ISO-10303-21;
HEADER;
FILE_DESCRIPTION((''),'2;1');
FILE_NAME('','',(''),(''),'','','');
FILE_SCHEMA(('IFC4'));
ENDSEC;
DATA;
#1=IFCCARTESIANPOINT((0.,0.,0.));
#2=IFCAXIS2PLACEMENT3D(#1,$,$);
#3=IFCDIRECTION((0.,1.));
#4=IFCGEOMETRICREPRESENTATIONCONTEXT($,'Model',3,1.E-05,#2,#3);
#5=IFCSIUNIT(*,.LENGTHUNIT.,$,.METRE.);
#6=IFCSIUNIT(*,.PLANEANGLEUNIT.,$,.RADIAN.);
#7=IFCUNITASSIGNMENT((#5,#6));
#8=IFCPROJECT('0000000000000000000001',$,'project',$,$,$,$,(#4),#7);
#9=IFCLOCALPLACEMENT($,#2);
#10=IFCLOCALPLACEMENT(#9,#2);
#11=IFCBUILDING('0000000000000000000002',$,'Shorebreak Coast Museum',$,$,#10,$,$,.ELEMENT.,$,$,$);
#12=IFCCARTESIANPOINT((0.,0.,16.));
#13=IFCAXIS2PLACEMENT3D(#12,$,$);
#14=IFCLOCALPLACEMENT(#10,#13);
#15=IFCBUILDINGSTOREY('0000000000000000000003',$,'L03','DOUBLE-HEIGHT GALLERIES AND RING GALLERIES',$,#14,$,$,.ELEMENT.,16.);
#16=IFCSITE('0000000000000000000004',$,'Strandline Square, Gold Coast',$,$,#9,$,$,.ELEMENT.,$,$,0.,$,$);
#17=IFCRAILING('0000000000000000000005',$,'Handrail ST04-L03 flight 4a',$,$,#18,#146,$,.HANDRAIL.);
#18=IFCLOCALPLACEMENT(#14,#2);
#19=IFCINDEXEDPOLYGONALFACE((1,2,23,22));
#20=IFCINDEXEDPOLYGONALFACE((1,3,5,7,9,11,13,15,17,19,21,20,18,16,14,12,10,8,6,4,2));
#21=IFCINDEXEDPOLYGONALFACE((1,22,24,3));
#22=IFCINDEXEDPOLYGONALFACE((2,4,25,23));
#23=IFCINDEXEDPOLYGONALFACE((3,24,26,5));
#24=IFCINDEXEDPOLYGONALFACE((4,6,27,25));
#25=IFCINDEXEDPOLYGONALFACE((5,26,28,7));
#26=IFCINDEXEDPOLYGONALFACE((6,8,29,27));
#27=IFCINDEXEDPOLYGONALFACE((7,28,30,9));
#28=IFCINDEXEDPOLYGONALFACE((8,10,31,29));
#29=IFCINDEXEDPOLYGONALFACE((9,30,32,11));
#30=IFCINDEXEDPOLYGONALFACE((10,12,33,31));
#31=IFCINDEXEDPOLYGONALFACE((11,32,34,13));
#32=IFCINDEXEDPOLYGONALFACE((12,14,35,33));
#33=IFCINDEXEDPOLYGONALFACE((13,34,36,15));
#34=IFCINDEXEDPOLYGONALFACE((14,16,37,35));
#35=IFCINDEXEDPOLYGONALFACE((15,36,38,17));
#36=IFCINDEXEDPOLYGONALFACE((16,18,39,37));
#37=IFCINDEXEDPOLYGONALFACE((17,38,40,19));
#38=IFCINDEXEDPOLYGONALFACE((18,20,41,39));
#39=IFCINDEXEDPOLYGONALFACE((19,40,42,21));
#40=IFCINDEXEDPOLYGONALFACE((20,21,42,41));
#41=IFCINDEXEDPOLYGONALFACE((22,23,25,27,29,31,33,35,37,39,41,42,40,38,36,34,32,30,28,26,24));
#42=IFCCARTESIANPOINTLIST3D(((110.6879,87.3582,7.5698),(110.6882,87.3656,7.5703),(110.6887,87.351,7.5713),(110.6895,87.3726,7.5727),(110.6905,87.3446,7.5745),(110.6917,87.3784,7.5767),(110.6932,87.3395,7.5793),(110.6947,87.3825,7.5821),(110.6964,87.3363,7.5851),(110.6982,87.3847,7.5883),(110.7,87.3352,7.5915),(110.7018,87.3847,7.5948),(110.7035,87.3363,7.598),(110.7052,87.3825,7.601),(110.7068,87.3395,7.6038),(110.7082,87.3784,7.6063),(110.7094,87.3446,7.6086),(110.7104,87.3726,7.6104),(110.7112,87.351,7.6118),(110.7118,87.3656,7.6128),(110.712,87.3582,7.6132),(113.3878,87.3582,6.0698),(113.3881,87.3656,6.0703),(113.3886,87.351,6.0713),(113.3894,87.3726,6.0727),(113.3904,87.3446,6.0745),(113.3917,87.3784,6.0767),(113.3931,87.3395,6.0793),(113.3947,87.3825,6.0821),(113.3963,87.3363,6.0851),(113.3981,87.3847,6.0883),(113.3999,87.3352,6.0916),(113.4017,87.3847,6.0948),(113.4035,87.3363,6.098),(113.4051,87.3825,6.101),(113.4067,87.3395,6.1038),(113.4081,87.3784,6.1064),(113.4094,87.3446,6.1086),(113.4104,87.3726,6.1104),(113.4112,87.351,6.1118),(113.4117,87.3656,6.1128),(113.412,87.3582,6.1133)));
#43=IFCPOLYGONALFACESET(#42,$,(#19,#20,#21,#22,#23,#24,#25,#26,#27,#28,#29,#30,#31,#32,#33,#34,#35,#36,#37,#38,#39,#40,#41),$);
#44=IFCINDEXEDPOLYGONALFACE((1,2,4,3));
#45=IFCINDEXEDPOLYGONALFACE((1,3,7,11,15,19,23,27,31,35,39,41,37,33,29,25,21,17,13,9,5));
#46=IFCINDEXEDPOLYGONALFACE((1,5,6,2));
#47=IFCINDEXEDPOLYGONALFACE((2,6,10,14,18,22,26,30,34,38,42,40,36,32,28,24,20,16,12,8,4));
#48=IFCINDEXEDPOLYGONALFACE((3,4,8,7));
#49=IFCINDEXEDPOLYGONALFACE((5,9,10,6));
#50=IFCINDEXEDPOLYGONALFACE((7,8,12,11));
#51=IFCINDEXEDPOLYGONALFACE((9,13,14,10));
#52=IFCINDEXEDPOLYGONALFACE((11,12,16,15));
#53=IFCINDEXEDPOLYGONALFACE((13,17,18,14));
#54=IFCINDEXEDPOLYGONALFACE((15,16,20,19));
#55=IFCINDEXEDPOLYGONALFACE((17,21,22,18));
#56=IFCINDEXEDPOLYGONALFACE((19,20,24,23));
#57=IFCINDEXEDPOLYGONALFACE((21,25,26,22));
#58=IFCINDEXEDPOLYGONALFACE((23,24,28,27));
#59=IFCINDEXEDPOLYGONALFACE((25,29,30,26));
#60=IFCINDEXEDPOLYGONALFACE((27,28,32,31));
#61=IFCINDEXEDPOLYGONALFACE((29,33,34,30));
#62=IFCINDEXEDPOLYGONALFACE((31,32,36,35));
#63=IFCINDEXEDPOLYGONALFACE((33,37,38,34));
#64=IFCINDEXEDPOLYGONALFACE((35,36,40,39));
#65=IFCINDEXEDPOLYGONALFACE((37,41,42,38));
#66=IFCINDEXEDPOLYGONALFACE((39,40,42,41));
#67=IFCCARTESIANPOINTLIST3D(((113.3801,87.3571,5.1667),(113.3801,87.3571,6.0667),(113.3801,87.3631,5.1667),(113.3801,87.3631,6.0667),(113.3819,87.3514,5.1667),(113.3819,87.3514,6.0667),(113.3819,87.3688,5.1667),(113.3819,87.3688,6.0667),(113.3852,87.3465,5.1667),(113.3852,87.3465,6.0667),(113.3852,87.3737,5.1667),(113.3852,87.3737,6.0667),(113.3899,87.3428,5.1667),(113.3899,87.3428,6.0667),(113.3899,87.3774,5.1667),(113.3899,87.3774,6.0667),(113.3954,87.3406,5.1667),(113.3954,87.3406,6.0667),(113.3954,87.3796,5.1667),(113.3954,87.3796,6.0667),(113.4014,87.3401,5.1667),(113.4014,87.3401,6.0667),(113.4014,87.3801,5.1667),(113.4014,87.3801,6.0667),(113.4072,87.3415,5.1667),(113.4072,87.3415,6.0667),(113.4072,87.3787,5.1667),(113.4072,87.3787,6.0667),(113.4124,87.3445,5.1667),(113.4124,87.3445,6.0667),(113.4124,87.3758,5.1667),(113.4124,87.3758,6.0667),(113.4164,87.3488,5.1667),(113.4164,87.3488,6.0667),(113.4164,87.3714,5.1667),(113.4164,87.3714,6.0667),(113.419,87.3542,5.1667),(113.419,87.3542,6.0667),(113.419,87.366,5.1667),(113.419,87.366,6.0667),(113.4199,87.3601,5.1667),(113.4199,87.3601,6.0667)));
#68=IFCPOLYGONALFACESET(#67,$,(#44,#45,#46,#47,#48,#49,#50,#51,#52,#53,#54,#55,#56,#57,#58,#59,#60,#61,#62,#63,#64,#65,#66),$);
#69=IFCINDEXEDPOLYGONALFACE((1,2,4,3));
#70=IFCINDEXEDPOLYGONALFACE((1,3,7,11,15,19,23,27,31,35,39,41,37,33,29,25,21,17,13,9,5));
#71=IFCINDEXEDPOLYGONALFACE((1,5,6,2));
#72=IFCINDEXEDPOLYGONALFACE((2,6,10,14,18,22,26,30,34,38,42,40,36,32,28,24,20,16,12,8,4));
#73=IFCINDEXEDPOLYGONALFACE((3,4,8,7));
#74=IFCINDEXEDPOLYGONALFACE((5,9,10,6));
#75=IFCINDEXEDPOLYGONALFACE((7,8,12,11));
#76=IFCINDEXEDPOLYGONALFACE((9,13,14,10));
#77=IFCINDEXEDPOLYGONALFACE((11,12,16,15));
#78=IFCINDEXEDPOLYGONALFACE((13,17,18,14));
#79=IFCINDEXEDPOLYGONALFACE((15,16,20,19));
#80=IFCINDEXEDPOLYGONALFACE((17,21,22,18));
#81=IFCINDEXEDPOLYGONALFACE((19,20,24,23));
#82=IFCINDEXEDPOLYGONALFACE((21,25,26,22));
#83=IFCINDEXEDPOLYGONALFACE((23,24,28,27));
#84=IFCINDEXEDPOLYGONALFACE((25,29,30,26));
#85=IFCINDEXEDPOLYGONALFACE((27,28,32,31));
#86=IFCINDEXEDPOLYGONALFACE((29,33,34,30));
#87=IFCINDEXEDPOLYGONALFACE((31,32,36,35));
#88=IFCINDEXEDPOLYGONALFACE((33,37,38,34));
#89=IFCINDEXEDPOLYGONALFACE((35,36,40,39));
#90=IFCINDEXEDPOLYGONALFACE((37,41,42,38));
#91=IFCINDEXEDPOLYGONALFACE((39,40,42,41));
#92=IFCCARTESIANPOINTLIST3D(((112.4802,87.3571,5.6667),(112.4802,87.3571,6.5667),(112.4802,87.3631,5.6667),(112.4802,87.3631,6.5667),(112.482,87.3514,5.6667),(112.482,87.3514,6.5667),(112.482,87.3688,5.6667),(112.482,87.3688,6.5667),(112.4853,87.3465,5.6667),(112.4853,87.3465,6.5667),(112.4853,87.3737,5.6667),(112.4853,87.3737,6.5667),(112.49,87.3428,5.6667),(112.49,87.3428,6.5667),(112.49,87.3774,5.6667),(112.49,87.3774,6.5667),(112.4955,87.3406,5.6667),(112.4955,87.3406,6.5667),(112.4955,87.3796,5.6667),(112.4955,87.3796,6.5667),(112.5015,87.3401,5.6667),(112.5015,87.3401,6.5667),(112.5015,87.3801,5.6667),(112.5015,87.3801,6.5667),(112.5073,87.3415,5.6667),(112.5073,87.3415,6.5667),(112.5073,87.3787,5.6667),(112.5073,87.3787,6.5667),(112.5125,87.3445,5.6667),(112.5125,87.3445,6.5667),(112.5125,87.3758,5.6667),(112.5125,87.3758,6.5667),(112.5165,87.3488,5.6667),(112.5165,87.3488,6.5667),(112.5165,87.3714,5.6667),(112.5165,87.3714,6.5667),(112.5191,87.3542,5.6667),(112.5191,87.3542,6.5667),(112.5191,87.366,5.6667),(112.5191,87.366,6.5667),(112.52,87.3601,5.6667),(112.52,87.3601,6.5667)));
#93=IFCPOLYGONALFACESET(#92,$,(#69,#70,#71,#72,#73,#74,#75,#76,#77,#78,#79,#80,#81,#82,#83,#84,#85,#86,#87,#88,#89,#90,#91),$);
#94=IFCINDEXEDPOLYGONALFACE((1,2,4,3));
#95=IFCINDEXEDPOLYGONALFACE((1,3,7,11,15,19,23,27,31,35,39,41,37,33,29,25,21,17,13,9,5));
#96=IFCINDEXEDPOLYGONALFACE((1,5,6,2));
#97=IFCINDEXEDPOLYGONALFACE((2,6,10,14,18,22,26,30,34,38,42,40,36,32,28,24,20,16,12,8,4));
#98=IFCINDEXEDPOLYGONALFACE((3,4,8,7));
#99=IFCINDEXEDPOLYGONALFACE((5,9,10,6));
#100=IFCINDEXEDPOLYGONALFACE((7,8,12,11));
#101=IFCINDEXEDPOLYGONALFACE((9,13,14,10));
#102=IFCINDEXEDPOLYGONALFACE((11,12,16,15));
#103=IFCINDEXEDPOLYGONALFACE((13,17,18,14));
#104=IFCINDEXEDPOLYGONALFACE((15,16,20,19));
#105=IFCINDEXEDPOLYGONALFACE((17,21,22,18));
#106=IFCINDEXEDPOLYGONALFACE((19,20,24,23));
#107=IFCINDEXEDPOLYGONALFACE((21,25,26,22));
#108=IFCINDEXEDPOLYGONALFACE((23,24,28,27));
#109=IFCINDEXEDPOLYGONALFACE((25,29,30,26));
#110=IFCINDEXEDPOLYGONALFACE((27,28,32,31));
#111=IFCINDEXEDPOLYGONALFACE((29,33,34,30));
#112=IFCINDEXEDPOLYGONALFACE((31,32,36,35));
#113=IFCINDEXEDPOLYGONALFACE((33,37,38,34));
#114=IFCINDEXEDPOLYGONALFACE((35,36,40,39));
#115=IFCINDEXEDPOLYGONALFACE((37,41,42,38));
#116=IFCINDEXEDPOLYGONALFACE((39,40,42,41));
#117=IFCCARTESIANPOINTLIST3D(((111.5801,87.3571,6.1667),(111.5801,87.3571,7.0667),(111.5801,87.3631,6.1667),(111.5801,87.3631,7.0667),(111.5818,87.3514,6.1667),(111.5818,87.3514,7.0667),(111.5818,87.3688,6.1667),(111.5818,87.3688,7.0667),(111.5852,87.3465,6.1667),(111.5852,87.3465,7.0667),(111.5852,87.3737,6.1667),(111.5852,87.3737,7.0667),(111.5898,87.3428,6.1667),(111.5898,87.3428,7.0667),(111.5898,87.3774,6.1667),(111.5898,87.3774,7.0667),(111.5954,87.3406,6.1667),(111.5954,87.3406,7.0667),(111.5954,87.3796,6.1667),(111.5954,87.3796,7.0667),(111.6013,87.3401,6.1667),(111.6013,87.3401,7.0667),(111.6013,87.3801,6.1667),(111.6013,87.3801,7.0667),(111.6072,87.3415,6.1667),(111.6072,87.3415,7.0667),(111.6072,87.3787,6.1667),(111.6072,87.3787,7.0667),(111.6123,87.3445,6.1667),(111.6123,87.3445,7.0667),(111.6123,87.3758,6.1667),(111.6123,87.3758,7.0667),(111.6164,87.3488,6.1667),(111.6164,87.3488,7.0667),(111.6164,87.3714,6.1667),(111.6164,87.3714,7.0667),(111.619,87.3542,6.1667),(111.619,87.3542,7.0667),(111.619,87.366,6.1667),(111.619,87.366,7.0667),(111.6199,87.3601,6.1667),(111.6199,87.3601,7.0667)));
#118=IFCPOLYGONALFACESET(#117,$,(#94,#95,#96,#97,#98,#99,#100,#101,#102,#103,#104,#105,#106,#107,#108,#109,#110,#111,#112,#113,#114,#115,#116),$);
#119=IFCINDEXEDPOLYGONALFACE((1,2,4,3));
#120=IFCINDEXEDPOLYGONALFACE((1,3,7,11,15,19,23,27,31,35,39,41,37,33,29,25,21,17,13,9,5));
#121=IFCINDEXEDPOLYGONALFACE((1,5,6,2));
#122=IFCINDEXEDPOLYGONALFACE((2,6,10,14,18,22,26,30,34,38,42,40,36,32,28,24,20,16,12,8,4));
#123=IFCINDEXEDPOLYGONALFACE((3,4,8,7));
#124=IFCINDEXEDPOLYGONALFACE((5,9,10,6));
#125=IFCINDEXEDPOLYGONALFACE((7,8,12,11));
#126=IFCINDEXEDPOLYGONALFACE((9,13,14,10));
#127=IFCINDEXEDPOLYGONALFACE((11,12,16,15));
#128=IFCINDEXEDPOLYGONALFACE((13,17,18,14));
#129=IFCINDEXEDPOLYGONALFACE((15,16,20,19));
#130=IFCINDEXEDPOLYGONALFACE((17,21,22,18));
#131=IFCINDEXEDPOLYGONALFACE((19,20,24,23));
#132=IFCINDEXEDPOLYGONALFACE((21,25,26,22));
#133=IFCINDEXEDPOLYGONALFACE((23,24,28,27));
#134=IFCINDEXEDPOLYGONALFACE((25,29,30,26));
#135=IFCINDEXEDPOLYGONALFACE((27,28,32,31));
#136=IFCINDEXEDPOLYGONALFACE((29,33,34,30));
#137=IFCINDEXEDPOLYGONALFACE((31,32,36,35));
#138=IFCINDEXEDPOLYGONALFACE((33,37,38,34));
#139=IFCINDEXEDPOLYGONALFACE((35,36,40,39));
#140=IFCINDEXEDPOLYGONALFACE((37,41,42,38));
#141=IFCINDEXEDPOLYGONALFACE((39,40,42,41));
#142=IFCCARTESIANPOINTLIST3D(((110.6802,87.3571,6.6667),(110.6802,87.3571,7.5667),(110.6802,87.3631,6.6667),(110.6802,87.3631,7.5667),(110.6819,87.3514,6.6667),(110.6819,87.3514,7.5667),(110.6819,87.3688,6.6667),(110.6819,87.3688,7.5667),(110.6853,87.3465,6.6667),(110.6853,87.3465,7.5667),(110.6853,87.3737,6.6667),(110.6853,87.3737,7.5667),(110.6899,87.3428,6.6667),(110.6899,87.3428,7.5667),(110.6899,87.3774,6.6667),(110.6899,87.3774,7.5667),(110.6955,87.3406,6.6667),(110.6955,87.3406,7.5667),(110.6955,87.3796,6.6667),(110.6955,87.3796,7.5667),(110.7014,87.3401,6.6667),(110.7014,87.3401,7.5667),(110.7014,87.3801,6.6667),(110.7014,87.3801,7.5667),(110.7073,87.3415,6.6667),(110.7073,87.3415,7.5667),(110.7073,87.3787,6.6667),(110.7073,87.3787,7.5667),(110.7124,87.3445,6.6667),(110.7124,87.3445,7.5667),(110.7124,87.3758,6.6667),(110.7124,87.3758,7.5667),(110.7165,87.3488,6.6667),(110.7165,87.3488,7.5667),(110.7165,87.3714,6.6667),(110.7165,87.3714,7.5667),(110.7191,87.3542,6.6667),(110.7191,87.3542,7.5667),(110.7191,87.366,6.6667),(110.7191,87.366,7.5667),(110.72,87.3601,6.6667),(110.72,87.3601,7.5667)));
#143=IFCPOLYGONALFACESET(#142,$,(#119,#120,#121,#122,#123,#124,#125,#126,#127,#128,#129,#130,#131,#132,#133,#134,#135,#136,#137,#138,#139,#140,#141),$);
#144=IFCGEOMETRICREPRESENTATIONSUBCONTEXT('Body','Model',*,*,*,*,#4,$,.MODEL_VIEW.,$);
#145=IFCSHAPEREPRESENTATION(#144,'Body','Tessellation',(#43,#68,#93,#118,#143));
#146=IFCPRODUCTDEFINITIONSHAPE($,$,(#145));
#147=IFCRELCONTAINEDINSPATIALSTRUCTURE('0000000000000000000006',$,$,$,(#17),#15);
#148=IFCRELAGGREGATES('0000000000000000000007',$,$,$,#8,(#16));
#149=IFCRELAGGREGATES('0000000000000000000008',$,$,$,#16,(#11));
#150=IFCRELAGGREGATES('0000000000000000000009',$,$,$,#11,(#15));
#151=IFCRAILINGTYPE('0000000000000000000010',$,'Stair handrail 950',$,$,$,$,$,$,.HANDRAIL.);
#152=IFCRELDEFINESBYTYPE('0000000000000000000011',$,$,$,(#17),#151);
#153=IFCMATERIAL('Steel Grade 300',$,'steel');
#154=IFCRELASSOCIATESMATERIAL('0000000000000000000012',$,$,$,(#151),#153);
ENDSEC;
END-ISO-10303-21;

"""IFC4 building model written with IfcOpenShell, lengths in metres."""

from ifc_helpers import new_model, si_unit, direction, frame, origin, origin_2d, place, context, subcontext, project, spatial, circle, extrude, material, type_object, element, save


model = new_model("IFC4")

# Units and contexts
model_context = context("Model", 3, precision=1e-05, world=origin(), true_north=direction((0.0, 1.0)))
body_context = subcontext(model_context, "Body", "Model", "MODEL_VIEW")
ifc_project = project(units=[si_unit("LENGTHUNIT", "METRE"), si_unit("PLANEANGLEUNIT", "RADIAN")], contexts=[model_context])

# Site, building, storey
site_placement = place(None, origin())
site = spatial("IfcSite", under=ifc_project, at=site_placement, Name="Strandline Square, Gold Coast", CompositionType="ELEMENT", RefElevation=0.0)
building_placement = place(site_placement, origin())
building = spatial("IfcBuilding", under=site, at=building_placement, Name="Shorebreak Coast Museum", CompositionType="ELEMENT")
storey_placement = place(building_placement, frame((0.0, 0.0, 16.0)))
storey = spatial("IfcBuildingStorey", under=building, at=storey_placement, Name="L03", Description="DOUBLE-HEIGHT GALLERIES AND RING GALLERIES", CompositionType="ELEMENT", Elevation=16.0)

# Railing
ifc_material_1 = material(Name="Steel Grade 300", Category="steel")
railing_type_1 = type_object("IfcRailingType", Name="Stair handrail 950", PredefinedType="HANDRAIL", material=ifc_material_1)
for number, where, name in (
    (1, (113.3999, 87.3601, 5.1667), "Handrail ST04-L03 flight 4a"),
):
    element("IfcRailing", number, at=place(storey_placement, frame(where)), inside=storey, type_object=railing_type_1, Name=name, PredefinedType="HANDRAIL", context=body_context, shape_type="SweptSolid", body=[
        extrude(circle(Radius=0.0249, at=origin_2d()), frame((0.0, 0.0, 0.9248), z_axis=(-0.874154, 0.0, 0.48565), x_axis=(0.0, -1.0, 0.0)), (0.0, 0.0, 1.0), 3.0886),
        extrude(circle(Radius=0.02, at=origin_2d()), origin(), (0.0, 0.0, 1.0), 0.8999),
        extrude(circle(Radius=0.02, at=origin_2d()), frame((-0.8999, 0.0, 0.5)), (0.0, 0.0, 1.0), 0.8999),
        extrude(circle(Radius=0.02, at=origin_2d()), frame((-1.8, 0.0, 1.0)), (0.0, 0.0, 1.0), 0.8999),
        extrude(circle(Radius=0.02, at=origin_2d()), frame((-2.7, 0.0, 1.5)), (0.0, 0.0, 1.0), 0.8999),
    ])

save(model, "model.ifc")
